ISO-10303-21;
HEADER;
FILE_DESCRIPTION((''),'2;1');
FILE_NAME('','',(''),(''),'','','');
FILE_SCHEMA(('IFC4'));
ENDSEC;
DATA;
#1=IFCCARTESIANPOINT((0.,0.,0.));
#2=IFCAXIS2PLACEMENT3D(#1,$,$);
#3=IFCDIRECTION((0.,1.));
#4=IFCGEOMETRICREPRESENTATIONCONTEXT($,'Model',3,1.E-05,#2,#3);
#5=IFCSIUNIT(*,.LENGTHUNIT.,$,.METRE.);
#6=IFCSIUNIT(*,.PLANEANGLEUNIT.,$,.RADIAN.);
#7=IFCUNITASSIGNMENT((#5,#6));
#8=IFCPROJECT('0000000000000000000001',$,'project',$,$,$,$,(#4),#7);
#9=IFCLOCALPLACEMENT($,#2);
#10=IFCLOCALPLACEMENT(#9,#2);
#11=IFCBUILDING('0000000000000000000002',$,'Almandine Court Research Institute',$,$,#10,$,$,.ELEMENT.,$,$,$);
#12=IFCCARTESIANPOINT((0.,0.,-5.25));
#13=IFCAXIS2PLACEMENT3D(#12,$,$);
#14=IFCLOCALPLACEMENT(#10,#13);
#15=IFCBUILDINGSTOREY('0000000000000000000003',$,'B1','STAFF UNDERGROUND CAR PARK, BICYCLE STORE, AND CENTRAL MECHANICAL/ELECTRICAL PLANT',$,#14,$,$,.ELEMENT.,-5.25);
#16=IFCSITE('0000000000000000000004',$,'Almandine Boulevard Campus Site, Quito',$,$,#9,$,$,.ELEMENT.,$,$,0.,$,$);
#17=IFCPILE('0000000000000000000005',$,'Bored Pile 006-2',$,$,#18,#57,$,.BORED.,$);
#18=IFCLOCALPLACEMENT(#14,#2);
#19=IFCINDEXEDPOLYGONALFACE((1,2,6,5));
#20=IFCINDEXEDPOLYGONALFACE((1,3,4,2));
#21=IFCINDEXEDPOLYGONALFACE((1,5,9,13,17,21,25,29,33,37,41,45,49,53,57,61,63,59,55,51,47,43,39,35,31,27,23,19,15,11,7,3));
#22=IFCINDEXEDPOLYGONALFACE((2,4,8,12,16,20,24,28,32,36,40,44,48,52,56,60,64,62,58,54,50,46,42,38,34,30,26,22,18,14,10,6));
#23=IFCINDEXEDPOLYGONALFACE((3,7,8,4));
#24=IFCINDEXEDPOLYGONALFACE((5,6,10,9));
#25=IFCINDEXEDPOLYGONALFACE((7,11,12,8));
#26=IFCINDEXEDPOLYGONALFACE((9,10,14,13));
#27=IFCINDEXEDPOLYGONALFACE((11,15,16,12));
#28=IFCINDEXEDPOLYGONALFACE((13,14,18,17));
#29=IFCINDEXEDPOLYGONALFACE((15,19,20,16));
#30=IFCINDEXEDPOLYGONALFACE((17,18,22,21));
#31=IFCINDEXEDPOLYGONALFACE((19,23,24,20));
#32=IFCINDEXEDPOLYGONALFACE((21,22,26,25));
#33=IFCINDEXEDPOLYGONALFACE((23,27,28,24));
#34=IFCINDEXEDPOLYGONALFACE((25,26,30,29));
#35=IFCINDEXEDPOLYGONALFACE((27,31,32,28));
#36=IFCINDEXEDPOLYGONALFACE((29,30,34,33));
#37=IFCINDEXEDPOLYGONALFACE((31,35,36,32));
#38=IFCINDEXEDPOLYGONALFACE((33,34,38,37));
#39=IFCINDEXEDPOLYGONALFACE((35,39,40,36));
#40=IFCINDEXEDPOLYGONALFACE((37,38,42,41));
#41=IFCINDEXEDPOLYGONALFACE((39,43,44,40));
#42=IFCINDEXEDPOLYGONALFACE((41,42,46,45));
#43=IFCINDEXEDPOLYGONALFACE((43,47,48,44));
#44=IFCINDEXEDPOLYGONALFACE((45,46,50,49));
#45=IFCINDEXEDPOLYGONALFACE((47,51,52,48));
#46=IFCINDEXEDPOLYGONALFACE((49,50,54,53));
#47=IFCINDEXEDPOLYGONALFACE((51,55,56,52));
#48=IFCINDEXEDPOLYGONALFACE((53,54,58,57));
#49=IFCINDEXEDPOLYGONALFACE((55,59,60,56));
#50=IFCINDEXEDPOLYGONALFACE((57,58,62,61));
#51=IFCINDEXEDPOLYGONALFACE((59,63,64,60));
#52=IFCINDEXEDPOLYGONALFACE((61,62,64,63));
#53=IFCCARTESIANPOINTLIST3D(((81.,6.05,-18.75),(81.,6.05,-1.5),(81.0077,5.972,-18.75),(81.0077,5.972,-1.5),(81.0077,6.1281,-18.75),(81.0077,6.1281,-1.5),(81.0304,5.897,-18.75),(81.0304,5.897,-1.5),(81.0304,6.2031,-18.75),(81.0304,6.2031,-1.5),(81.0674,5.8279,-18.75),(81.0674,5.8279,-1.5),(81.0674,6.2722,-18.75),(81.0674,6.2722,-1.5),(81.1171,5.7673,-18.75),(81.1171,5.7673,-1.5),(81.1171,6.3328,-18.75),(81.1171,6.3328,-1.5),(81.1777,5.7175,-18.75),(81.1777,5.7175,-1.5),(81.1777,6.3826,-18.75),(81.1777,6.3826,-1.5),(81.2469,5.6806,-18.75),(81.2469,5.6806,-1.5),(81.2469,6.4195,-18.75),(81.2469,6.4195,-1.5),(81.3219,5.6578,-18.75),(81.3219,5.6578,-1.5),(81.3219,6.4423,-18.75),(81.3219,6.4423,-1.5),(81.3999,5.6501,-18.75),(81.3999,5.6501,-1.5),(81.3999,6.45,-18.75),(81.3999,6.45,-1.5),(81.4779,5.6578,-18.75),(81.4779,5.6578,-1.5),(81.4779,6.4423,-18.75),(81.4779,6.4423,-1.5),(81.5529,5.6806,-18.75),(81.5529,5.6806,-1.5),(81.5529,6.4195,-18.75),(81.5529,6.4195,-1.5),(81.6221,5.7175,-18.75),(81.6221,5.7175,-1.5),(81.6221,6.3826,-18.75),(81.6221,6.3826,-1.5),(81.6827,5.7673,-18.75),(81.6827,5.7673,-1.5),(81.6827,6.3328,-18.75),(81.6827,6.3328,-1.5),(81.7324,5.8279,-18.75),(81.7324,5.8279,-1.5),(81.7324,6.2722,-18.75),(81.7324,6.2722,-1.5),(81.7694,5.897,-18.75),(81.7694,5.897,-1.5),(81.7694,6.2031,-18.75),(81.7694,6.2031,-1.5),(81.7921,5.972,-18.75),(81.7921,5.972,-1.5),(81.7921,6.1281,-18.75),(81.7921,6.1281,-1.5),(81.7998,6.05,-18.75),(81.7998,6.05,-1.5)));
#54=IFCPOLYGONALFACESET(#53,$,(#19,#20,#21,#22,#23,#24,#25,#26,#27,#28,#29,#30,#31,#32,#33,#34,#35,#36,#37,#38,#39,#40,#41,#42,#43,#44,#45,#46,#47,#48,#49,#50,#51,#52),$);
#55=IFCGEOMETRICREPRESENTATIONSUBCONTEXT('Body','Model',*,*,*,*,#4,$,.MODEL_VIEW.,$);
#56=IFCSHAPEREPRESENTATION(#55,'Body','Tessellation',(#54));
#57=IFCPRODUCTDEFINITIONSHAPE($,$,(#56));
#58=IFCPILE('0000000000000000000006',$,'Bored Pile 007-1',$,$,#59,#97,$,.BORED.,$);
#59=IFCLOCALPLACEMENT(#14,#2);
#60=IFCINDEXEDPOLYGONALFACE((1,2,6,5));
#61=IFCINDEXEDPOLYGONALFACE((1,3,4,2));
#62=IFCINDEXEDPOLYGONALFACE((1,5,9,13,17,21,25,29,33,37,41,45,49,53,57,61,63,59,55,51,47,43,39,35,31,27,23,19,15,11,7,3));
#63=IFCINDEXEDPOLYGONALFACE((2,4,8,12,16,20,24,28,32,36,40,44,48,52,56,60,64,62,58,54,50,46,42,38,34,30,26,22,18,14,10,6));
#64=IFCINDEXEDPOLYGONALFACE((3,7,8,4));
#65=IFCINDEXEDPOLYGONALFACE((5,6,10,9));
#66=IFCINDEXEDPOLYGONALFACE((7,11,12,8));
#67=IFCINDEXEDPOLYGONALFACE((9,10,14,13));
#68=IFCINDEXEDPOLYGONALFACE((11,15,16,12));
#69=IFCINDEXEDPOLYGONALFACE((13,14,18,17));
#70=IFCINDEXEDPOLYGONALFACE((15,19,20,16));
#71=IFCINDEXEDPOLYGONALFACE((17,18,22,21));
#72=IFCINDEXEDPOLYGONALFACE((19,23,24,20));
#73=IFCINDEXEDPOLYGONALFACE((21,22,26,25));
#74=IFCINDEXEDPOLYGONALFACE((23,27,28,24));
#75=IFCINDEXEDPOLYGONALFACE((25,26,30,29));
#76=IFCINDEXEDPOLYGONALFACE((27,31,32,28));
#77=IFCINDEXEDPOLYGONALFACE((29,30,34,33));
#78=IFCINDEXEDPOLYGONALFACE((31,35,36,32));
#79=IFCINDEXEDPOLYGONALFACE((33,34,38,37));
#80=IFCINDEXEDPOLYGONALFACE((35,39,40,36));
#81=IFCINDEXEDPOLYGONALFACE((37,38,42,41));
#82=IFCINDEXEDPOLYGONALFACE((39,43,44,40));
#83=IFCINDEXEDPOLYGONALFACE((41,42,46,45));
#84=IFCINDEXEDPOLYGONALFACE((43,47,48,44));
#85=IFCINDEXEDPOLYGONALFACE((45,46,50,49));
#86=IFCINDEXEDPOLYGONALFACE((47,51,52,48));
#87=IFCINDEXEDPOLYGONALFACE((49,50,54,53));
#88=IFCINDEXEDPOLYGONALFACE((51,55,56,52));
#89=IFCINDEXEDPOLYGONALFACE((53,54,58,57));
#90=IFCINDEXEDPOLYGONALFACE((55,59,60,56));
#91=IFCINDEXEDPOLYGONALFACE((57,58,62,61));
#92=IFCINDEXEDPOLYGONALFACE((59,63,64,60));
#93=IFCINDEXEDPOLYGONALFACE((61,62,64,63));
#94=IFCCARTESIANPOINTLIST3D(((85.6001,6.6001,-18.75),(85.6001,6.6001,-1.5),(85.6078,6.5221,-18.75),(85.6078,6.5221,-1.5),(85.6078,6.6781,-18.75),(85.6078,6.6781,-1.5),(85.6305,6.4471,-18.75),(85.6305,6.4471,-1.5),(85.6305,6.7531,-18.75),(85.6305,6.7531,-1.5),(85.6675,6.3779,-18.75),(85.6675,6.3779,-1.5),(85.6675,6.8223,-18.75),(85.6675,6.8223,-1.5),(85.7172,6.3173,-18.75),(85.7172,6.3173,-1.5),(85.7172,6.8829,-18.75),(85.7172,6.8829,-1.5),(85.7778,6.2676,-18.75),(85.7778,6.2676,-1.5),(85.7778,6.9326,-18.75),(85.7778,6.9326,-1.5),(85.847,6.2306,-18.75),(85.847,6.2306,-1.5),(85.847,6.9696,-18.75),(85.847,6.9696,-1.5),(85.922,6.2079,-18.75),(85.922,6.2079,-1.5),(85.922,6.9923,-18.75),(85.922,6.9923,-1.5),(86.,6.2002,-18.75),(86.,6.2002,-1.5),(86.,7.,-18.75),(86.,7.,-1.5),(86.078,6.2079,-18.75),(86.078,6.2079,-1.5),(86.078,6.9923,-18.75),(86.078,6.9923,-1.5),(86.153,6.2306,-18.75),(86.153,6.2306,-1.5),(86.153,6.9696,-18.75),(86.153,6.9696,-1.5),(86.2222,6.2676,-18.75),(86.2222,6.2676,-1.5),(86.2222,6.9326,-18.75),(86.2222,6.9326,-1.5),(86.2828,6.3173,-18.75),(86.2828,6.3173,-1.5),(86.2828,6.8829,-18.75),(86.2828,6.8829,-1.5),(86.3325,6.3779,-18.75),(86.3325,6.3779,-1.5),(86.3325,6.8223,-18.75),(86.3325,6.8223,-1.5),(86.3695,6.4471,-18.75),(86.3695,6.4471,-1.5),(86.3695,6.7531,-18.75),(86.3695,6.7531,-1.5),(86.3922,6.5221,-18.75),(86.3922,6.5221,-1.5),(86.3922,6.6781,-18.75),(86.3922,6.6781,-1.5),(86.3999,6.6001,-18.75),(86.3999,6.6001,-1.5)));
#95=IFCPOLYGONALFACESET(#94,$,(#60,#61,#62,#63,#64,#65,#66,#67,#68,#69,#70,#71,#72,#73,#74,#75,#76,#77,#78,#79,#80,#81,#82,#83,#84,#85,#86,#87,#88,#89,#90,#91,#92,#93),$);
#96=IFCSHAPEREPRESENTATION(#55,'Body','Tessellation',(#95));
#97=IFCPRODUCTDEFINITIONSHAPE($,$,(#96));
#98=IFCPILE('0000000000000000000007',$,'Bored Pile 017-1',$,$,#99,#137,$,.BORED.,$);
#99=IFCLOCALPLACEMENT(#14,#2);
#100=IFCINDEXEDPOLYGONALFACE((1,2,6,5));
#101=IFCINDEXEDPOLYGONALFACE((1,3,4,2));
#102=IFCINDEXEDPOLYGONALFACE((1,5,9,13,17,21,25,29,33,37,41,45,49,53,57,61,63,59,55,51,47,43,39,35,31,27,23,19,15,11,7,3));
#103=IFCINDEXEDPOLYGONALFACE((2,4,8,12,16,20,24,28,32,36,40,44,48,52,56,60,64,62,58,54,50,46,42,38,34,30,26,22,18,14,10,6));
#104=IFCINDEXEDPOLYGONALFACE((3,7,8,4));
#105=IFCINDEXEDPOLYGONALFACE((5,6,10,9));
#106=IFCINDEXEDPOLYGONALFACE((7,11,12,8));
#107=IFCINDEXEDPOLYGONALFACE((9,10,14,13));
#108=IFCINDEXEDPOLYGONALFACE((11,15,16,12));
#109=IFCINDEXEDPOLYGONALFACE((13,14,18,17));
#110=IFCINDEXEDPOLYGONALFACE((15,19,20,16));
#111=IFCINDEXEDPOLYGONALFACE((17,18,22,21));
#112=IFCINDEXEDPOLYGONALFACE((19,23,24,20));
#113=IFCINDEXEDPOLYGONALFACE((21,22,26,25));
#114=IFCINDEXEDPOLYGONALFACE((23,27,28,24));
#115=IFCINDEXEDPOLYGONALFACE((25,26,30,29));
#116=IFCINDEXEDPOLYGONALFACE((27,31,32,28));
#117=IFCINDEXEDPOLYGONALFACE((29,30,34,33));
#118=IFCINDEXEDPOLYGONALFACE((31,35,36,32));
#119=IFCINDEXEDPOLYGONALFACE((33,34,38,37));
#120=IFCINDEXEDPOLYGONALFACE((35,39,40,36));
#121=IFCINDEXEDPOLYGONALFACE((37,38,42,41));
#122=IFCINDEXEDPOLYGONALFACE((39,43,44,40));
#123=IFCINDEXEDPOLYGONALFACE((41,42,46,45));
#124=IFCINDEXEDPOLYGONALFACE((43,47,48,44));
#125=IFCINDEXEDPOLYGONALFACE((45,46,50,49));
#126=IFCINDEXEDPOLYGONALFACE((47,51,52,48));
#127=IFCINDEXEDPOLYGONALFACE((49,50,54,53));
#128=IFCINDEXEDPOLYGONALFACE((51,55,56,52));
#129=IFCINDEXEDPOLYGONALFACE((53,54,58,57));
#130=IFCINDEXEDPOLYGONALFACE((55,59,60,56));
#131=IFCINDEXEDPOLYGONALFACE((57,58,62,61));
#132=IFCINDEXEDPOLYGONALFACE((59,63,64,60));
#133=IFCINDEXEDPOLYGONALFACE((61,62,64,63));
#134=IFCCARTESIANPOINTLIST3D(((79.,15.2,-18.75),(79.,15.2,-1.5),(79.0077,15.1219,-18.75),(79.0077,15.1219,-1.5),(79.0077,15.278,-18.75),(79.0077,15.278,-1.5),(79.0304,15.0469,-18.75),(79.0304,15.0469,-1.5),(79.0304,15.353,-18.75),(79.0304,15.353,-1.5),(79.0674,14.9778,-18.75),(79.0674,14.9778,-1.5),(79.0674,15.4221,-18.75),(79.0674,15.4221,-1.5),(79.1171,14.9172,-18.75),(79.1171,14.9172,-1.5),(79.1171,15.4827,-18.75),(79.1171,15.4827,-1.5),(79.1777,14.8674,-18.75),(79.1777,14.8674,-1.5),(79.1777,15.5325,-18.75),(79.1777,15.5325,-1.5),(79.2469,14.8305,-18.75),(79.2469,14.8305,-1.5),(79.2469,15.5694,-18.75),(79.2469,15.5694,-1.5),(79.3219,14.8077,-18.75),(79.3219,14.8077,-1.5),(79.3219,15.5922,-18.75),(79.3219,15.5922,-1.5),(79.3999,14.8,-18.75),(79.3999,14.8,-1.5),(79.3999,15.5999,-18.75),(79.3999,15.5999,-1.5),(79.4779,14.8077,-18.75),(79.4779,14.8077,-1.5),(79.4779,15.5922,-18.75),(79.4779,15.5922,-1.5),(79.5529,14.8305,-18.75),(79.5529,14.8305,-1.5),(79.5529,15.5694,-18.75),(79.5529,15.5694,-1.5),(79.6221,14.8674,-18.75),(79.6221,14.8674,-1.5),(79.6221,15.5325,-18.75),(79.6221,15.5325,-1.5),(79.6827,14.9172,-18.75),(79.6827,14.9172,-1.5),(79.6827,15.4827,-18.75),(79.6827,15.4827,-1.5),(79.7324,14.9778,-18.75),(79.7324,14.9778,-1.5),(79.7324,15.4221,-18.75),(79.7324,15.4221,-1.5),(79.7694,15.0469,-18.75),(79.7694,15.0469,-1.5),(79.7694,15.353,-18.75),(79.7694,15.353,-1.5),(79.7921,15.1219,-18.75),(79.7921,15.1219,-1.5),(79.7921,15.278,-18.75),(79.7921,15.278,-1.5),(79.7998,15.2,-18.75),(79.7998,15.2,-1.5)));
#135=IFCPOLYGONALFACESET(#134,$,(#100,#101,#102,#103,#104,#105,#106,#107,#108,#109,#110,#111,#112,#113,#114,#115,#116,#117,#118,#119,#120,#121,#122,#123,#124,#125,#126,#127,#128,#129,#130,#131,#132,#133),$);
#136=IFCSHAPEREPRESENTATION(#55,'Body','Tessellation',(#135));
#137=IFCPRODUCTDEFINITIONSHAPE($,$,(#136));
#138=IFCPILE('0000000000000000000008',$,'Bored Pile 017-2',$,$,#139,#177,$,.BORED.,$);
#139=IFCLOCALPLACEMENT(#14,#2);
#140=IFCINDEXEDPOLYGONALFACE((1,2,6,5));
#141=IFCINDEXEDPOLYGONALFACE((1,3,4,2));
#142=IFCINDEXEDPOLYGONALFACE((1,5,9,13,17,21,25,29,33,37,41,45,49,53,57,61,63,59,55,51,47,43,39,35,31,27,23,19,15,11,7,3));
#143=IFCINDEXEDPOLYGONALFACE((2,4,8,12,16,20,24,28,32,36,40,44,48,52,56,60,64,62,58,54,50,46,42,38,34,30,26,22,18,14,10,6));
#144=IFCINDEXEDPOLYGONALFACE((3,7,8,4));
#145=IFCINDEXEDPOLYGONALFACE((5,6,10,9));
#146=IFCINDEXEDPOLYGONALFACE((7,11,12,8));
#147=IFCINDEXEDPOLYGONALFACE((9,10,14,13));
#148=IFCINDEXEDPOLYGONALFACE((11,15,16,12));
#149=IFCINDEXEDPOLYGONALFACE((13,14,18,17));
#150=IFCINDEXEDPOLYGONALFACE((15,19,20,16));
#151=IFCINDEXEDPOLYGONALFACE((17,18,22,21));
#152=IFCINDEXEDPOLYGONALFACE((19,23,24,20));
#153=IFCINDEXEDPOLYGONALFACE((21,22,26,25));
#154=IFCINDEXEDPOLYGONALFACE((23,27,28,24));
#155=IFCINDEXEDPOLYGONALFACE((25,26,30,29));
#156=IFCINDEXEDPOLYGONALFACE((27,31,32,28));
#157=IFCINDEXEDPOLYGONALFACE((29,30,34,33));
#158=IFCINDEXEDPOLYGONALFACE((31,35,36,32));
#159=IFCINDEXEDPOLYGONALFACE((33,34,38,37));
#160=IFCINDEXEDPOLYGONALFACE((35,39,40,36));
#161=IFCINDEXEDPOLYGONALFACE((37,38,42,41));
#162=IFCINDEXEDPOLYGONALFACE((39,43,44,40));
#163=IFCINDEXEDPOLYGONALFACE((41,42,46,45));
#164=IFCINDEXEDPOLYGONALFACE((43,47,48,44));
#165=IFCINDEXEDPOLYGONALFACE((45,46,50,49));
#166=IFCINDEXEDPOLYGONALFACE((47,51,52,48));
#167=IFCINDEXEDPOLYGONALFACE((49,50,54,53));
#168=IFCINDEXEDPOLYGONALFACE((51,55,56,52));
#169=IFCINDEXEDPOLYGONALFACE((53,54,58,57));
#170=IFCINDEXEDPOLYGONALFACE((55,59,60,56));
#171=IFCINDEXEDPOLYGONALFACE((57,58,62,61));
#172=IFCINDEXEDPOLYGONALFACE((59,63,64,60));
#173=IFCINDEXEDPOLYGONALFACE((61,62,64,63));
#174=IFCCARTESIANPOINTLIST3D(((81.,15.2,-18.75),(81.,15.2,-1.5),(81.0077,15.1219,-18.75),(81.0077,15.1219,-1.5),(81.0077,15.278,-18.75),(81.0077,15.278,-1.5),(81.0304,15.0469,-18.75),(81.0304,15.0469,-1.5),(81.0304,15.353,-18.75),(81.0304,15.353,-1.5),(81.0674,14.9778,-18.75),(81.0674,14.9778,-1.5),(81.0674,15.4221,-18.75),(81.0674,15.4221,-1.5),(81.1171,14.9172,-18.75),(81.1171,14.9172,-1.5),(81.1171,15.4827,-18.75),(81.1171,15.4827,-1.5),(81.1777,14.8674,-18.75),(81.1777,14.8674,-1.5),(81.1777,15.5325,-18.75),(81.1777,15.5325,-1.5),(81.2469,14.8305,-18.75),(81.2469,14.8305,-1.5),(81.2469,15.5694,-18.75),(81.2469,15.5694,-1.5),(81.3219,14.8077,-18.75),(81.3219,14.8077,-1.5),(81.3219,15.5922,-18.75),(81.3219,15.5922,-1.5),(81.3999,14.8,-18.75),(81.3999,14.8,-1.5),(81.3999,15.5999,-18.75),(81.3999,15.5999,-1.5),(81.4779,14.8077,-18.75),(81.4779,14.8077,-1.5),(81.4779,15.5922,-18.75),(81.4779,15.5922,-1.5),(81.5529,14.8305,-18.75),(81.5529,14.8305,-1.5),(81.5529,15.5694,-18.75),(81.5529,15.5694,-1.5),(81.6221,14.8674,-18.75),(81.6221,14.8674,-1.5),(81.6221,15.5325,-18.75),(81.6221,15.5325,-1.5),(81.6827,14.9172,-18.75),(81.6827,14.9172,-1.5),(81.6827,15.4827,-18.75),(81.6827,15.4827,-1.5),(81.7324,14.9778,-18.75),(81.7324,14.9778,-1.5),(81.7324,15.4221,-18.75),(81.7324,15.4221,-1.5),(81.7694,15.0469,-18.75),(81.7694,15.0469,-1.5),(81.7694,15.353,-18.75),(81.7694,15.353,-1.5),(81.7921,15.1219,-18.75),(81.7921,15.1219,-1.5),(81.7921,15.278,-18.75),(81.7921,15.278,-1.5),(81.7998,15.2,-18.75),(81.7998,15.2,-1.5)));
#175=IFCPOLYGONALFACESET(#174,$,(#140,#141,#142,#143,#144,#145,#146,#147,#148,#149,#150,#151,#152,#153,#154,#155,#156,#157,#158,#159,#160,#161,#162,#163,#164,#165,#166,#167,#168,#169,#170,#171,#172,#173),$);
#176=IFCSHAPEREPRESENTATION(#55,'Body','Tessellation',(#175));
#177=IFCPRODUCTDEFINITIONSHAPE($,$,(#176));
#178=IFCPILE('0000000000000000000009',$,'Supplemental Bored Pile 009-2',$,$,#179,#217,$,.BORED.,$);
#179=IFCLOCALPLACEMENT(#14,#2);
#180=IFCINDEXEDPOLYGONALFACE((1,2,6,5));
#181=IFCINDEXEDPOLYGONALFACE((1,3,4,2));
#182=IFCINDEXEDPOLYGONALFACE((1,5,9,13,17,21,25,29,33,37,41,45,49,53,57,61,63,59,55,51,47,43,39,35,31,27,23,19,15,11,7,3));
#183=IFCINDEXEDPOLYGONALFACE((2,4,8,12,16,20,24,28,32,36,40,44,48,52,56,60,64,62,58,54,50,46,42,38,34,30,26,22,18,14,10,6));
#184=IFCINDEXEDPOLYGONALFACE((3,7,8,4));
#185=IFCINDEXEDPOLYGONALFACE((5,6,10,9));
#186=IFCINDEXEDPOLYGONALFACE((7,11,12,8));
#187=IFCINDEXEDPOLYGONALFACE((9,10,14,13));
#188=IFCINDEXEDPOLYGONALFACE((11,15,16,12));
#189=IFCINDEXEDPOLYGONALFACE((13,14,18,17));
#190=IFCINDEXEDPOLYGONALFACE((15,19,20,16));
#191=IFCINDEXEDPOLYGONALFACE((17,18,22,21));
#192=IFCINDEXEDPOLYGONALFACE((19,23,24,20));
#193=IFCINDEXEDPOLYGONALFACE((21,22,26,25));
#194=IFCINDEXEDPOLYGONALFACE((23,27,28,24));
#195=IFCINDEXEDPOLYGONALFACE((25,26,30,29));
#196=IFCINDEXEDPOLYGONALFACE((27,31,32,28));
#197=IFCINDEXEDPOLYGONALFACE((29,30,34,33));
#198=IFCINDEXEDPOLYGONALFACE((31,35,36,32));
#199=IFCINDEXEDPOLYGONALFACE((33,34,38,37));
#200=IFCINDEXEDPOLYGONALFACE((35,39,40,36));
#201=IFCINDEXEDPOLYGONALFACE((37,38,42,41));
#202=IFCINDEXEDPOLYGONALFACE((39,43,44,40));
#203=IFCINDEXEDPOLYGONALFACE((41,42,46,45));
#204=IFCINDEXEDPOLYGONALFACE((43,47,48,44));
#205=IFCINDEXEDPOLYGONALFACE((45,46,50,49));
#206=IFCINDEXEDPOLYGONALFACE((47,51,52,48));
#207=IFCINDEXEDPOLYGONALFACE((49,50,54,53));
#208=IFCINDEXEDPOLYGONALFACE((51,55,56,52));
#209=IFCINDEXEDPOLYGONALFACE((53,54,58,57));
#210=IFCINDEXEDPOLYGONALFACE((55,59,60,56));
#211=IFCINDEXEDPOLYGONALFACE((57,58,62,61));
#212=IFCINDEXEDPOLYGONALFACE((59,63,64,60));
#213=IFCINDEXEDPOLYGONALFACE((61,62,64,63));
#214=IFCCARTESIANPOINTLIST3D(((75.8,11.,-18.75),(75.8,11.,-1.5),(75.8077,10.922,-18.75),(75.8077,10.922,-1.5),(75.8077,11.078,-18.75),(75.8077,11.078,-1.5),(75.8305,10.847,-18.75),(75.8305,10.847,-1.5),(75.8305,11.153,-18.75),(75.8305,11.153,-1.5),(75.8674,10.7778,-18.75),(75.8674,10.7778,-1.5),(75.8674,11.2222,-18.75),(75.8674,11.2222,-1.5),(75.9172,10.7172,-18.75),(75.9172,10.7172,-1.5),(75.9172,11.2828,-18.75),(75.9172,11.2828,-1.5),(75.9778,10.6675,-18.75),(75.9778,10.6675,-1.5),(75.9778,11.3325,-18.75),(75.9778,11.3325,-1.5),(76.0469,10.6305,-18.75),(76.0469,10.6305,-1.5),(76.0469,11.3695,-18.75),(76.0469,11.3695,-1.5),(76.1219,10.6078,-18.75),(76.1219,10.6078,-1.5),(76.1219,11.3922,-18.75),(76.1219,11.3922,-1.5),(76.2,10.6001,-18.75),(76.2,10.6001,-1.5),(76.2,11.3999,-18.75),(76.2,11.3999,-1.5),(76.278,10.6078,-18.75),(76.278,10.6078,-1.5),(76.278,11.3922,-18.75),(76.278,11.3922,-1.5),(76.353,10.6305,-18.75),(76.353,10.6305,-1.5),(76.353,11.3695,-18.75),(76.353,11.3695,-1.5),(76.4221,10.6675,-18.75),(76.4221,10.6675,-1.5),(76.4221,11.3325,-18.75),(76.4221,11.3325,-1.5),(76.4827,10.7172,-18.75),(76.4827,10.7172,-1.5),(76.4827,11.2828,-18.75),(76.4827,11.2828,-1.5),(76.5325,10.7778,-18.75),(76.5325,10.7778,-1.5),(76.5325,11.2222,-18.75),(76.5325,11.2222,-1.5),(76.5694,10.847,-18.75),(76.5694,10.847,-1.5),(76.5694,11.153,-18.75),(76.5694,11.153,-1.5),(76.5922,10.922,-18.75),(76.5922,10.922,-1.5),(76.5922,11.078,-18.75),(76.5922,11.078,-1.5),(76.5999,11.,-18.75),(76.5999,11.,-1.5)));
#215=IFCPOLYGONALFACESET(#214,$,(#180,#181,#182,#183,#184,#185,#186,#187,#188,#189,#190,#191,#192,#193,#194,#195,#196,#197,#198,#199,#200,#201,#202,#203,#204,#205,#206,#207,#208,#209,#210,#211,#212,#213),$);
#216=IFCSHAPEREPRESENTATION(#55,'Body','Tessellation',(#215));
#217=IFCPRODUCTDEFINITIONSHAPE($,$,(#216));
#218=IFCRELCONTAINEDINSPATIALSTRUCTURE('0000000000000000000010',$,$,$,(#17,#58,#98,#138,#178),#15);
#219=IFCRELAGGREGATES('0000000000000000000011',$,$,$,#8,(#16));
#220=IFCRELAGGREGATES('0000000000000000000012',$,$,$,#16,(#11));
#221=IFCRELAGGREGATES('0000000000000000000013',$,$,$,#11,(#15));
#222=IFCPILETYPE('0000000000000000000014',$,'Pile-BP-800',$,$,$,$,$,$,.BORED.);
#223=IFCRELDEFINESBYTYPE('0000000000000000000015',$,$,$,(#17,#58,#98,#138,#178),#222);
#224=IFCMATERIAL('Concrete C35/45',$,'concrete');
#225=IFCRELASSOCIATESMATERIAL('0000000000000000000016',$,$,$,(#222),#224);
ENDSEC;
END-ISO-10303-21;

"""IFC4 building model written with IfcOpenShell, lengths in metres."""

from ifc_helpers import new_model, si_unit, direction, frame, origin, origin_2d, place, context, subcontext, project, spatial, circle, extrude, material, material_profile, profile_set, type_object, element, save


model = new_model("IFC4")

# Units and contexts
model_context = context("Model", 3, precision=1e-05, world=origin(), true_north=direction((0.0, 1.0)))
body_context = subcontext(model_context, "Body", "Model", "MODEL_VIEW")
ifc_project = project(units=[si_unit("LENGTHUNIT", "METRE"), si_unit("PLANEANGLEUNIT", "RADIAN")], contexts=[model_context])

# Site, building, storey
site_placement = place(None, origin())
site = spatial("IfcSite", under=ifc_project, at=site_placement, Name="Almandine Boulevard Campus Site, Quito", CompositionType="ELEMENT", RefElevation=0.0)
building_placement = place(site_placement, origin())
building = spatial("IfcBuilding", under=site, at=building_placement, Name="Almandine Court Research Institute", CompositionType="ELEMENT")
storey_placement = place(building_placement, frame((0.0, 0.0, -5.25)))
storey = spatial("IfcBuildingStorey", under=building, at=storey_placement, Name="B1", Description="STAFF UNDERGROUND CAR PARK, BICYCLE STORE, AND CENTRAL MECHANICAL/ELECTRICAL PLANT", CompositionType="ELEMENT", Elevation=-5.25)

# Shared definitions
ifc_material_1 = material(Name="Concrete C35/45", Category="concrete")

# Piles
ifc_material_profile_1 = material_profile(ifc_material_1, circle(Radius=0.3999, at=origin_2d()), Name="BORED PILE D800")
ifc_profile_set_1 = profile_set([ifc_material_profile_1], Name="Concrete C35/45")
pile_type_1 = type_object("IfcPileType", Name="Pile-BP-800", PredefinedType="BORED", material=ifc_profile_set_1)
for number, where, z_axis, x_axis, name in (
    (1, (81.3999, 6.05, -1.5), (0.0, 0.0, -1.0), (1.0, 0.0, 0.0), "Bored Pile 006-2"),
    (2, (86.0, 6.6001, -1.5), (0.0, 0.0, -1.0), (1.0, 0.0, 0.0), "Bored Pile 007-1"),
    (3, (79.3999, 15.2, -1.5), (0.0, 0.0, -1.0), (1.0, 0.0, 0.0), "Bored Pile 017-1"),
    (4, (81.3999, 15.2, -1.5), (0.0, 0.0, -1.0), (1.0, 0.0, 0.0), "Bored Pile 017-2"),
    (5, (76.2, 11.0, -1.5), (0.0, 0.0, -1.0), (1.0, 0.0, 0.0), "Supplemental Bored Pile 009-2"),
):
    element("IfcPile", number, at=place(storey_placement, frame(where, z_axis=z_axis, x_axis=x_axis)), inside=storey, type_object=pile_type_1, Name=name, PredefinedType="BORED", context=body_context, shape_type="SweptSolid", body=[
        extrude(circle(Radius=0.3999, at=origin_2d()), origin(), (0.0, 0.0, 1.0), 17.25),
    ])

save(model, "model.ifc")
